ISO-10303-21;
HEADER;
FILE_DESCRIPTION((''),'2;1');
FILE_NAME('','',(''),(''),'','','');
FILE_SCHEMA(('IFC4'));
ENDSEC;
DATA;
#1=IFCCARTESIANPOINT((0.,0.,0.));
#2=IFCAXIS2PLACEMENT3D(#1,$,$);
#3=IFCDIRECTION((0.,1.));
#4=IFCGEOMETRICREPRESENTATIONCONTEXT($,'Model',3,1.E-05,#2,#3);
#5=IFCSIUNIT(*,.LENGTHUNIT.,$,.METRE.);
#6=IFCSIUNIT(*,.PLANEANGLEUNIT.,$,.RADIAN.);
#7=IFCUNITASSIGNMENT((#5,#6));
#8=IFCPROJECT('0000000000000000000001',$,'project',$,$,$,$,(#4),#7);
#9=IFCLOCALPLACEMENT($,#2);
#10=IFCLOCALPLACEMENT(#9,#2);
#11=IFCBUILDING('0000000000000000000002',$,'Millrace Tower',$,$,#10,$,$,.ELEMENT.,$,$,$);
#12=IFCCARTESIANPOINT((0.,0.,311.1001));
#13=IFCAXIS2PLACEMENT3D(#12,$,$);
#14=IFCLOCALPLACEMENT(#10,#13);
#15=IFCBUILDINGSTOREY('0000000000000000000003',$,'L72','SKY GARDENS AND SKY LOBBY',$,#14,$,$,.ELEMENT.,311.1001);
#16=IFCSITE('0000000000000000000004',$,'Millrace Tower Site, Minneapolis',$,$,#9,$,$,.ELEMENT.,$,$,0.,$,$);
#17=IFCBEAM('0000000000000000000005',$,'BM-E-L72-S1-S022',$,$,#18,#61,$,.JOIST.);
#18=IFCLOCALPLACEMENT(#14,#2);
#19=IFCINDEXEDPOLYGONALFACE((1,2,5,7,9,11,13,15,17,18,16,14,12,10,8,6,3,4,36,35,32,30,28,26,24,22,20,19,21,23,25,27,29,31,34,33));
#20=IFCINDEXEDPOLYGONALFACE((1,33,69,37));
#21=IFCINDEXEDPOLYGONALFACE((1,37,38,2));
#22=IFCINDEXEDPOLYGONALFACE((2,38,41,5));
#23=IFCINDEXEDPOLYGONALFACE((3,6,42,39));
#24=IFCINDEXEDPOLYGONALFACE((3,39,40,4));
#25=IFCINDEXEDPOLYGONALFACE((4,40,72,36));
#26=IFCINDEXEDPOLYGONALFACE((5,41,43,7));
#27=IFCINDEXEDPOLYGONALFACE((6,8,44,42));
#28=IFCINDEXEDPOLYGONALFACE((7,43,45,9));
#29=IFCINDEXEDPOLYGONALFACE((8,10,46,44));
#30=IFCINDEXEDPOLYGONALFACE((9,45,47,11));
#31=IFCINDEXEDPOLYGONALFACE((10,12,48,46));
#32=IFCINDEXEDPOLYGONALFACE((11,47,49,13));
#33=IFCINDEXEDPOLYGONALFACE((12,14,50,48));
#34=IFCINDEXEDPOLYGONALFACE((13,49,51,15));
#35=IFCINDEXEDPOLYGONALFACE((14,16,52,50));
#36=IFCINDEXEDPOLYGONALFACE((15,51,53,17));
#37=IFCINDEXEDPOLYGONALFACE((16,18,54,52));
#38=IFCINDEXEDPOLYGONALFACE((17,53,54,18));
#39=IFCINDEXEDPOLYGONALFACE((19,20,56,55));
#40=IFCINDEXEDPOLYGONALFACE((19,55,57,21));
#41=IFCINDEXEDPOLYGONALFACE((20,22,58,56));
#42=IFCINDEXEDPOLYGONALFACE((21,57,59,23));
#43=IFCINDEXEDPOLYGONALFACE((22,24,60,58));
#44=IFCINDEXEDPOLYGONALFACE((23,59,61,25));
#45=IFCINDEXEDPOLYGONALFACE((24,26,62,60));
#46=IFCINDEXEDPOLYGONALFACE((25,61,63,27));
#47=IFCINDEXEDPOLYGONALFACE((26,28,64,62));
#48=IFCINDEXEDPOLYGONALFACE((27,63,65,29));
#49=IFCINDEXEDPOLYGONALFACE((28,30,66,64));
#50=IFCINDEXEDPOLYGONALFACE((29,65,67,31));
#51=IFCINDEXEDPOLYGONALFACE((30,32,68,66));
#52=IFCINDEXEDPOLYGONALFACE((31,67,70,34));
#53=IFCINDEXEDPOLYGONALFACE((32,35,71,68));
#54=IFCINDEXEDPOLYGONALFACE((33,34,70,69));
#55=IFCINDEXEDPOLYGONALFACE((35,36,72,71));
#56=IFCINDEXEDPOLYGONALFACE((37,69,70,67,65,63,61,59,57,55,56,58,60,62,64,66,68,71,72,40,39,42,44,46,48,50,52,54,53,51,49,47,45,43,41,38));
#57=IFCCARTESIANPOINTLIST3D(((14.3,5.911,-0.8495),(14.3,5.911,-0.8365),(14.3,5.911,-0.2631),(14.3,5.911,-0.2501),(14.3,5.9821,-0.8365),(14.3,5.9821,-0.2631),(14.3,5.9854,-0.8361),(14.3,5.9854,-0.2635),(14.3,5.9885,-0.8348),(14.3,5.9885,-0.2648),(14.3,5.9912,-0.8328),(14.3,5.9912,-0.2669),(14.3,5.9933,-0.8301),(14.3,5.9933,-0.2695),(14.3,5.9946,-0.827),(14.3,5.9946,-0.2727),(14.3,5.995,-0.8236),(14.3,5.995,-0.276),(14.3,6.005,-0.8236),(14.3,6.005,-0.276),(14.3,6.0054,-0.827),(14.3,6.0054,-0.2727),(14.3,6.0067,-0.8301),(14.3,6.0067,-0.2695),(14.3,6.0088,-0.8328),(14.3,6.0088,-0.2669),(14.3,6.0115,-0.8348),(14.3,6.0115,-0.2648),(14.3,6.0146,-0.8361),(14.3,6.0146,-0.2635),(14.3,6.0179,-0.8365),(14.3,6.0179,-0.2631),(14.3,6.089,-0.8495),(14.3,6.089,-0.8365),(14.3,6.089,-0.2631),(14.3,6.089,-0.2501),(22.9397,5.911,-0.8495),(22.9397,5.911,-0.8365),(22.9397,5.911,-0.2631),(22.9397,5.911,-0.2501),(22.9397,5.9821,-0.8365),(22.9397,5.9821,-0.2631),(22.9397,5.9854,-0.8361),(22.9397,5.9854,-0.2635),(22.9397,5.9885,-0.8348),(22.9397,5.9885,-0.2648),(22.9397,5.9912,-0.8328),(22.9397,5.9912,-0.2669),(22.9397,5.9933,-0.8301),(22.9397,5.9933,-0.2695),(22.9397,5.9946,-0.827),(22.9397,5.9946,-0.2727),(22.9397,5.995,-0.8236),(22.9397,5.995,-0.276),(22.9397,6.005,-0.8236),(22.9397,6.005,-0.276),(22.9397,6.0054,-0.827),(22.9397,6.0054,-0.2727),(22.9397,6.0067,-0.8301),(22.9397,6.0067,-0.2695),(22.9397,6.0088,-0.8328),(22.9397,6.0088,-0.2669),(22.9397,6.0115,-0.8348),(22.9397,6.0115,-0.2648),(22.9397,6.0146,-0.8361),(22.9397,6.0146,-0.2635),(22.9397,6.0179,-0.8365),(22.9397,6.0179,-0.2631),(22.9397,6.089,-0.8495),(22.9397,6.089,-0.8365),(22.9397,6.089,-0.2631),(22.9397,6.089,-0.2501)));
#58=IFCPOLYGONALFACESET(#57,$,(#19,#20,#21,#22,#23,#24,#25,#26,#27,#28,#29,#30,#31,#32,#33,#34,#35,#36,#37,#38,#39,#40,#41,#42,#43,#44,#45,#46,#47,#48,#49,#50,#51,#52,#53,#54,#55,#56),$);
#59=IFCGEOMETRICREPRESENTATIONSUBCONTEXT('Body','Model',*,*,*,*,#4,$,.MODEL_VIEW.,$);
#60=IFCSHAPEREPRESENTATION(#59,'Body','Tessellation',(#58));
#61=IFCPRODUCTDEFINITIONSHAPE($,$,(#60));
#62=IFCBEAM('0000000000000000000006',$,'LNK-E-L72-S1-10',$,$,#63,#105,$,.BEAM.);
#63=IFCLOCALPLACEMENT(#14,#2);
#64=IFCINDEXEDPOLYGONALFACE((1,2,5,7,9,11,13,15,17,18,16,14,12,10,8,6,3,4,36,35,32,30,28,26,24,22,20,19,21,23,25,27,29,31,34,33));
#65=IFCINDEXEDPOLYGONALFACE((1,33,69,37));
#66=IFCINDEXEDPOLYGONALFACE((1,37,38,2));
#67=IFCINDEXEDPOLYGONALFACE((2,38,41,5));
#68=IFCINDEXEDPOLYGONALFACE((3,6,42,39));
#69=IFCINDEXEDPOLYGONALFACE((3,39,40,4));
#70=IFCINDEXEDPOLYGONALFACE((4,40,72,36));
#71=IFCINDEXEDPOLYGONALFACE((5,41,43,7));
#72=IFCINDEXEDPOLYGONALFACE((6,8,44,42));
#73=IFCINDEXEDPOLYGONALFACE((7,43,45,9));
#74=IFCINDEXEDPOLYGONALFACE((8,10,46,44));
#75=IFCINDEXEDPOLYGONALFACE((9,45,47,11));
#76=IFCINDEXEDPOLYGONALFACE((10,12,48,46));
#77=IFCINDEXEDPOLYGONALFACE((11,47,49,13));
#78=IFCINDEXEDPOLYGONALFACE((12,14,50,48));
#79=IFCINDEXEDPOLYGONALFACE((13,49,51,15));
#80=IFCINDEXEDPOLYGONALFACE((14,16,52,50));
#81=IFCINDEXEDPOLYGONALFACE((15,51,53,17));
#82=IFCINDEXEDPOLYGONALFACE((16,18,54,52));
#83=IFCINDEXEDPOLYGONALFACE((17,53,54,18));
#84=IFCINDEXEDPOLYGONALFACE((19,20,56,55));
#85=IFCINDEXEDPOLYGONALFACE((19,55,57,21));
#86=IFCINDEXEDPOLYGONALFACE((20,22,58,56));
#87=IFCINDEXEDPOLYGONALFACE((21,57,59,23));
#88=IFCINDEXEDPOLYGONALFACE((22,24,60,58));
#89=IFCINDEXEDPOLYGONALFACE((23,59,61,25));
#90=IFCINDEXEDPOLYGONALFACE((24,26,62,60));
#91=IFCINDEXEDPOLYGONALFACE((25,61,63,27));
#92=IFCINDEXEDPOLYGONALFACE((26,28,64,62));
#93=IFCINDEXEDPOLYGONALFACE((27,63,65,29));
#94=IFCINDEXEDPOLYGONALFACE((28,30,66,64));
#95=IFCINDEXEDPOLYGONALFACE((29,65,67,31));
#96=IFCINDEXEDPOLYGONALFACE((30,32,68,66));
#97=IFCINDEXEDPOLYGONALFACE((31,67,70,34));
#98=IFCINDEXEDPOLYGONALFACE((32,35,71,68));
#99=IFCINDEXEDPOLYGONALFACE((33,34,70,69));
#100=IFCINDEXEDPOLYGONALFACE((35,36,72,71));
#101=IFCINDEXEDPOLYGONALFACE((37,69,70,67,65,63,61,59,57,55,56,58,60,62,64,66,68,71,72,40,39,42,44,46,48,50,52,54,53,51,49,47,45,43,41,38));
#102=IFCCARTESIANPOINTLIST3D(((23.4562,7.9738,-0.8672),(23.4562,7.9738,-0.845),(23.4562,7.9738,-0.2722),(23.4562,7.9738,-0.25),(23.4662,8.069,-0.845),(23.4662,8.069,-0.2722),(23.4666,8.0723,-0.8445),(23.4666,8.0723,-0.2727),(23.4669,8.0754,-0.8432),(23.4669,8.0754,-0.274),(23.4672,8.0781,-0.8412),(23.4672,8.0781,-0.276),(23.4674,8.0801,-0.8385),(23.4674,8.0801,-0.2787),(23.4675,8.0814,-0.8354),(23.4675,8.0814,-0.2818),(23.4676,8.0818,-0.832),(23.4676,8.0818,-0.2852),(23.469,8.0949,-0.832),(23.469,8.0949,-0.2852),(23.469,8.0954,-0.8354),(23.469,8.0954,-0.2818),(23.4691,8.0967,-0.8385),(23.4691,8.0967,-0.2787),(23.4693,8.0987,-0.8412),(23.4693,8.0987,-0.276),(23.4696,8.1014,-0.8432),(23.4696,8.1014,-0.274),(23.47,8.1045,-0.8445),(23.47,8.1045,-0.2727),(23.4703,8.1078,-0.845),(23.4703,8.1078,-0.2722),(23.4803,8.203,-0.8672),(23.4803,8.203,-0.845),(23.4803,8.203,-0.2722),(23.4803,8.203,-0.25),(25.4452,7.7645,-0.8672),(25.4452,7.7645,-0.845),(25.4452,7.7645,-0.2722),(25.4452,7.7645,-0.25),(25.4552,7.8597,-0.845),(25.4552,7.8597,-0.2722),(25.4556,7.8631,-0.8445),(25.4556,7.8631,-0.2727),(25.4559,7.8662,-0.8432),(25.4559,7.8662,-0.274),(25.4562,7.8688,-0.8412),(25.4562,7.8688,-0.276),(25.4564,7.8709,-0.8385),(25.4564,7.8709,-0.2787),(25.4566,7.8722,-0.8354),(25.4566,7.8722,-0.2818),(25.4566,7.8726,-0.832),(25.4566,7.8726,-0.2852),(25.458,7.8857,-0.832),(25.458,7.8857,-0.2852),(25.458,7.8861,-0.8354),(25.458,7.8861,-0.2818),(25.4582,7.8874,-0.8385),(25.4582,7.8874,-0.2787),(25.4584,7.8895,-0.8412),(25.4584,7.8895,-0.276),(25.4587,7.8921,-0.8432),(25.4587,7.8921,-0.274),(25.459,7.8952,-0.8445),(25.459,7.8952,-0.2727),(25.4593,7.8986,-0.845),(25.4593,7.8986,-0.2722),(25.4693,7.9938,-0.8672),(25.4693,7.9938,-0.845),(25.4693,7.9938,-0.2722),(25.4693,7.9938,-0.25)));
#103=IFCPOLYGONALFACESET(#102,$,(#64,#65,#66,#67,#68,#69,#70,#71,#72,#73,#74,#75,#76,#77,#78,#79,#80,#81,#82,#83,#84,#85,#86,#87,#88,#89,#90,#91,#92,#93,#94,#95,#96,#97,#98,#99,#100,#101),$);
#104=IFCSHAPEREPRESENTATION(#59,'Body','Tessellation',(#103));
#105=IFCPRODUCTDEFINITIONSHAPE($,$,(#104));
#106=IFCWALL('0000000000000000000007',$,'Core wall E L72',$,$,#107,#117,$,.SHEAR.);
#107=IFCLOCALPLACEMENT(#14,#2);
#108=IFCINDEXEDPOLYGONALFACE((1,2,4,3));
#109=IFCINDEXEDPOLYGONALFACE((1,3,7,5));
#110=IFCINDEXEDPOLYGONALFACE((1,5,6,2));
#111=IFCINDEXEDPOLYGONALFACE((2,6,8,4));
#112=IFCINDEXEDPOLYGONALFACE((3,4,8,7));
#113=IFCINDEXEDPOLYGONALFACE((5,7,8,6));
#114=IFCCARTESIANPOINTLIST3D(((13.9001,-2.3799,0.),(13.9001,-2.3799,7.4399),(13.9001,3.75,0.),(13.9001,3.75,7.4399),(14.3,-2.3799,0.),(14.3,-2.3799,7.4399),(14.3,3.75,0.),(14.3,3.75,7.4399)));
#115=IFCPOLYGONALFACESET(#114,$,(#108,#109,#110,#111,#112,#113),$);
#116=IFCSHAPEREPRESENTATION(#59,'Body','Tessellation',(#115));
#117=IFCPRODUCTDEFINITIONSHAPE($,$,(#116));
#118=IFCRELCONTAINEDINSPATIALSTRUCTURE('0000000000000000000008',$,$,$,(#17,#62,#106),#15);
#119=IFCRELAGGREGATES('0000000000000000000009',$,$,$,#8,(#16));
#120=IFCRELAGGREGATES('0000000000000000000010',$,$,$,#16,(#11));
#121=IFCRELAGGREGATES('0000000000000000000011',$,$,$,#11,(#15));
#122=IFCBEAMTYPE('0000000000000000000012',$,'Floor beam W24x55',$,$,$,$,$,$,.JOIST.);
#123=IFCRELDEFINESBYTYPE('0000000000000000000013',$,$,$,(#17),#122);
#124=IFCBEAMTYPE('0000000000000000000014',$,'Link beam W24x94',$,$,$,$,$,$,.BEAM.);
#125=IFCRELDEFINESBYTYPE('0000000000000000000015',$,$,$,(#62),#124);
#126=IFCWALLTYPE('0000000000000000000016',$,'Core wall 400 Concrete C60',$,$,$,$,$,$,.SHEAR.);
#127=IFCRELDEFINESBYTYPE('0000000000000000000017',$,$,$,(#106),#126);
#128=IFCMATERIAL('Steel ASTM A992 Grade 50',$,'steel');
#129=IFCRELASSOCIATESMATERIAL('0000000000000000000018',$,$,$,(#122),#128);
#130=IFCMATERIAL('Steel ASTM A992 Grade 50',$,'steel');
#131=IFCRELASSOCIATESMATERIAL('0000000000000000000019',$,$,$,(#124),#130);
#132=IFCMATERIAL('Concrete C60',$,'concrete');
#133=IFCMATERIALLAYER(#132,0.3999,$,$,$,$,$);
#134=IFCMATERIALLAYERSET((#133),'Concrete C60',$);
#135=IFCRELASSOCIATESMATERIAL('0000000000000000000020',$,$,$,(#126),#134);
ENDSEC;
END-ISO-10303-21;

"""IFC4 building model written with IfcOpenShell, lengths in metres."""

from ifc_helpers import new_model, si_unit, direction, frame, frame_2d, origin, origin_2d, place, context, subcontext, project, spatial, rectangle, i_section, extrude, material, layer, layer_set, material_profile, profile_set, type_object, element, save


model = new_model("IFC4")

# Units and contexts
model_context = context("Model", 3, precision=1e-05, world=origin(), true_north=direction((0.0, 1.0)))
body_context = subcontext(model_context, "Body", "Model", "MODEL_VIEW")
ifc_project = project(units=[si_unit("LENGTHUNIT", "METRE"), si_unit("PLANEANGLEUNIT", "RADIAN")], contexts=[model_context])

# Site, building, storey
site_placement = place(None, origin())
site = spatial("IfcSite", under=ifc_project, at=site_placement, Name="Millrace Tower Site, Minneapolis", CompositionType="ELEMENT", RefElevation=0.0)
building_placement = place(site_placement, origin())
building = spatial("IfcBuilding", under=site, at=building_placement, Name="Millrace Tower", CompositionType="ELEMENT")
storey_placement = place(building_placement, frame((0.0, 0.0, 311.1001)))
storey = spatial("IfcBuildingStorey", under=building, at=storey_placement, Name="L72", Description="SKY GARDENS AND SKY LOBBY", CompositionType="ELEMENT", Elevation=311.1001)

# Beams
ifc_material_1 = material(Name="Steel ASTM A992 Grade 50", Category="steel")
ifc_material_profile_1 = material_profile(ifc_material_1, i_section(OverallWidth=0.178, OverallDepth=0.5994, WebThickness=0.01, FlangeThickness=0.0129, FilletRadius=0.0129, at=origin_2d()))
ifc_profile_set_1 = profile_set([ifc_material_profile_1], Name="Steel ASTM A992 Grade 50")
beam_type_1 = type_object("IfcBeamType", Name="Floor beam W24x55", PredefinedType="JOIST", material=ifc_profile_set_1)
beam_1_placement = place(storey_placement, frame((14.3, 6.0, -0.5498), z_axis=(1.0, 0.0, 0.0), x_axis=(0.0, 1.0, 0.0)))
element("IfcBeam", 1, at=beam_1_placement, inside=storey, type_object=beam_type_1, Name="BM-E-L72-S1-S022", PredefinedType="JOIST", context=body_context, shape_type="SweptSolid", body=[
    extrude(i_section(OverallWidth=0.178, OverallDepth=0.5994, WebThickness=0.01, FlangeThickness=0.0129, FilletRadius=0.0129, at=origin_2d()), origin(), (0.0, 0.0, 1.0), 8.6396),
])
ifc_material_2 = material(Name="Steel ASTM A992 Grade 50", Category="steel")
ifc_material_profile_2 = material_profile(ifc_material_2, i_section(OverallWidth=0.2305, OverallDepth=0.6172, WebThickness=0.0132, FlangeThickness=0.0222, FilletRadius=0.0129, at=origin_2d()))
ifc_profile_set_2 = profile_set([ifc_material_profile_2], Name="Steel ASTM A992 Grade 50")
beam_type_2 = type_object("IfcBeamType", Name="Link beam W24x94", PredefinedType="BEAM", material=ifc_profile_set_2)
beam_2_placement = place(storey_placement, frame((23.4683, 8.0884, -0.5586), z_axis=(0.994513, -0.104615, 0.0), x_axis=(0.104615, 0.994513, 0.0)))
element("IfcBeam", 2, at=beam_2_placement, inside=storey, type_object=beam_type_2, Name="LNK-E-L72-S1-10", PredefinedType="BEAM", context=body_context, shape_type="SweptSolid", body=[
    extrude(i_section(OverallWidth=0.2305, OverallDepth=0.6172, WebThickness=0.0132, FlangeThickness=0.0222, FilletRadius=0.0129, at=origin_2d()), origin(), (0.0, 0.0, 1.0), 2.0),
])

# Wall
ifc_material_3 = material(Name="Concrete C60", Category="concrete")
ifc_layer_1 = layer(ifc_material_3, 0.3999)
ifc_layer_set_1 = layer_set([ifc_layer_1], Name="Concrete C60")
wall_type_1 = type_object("IfcWallType", Name="Core wall 400 Concrete C60", PredefinedType="SHEAR", material=ifc_layer_set_1)
wall_1_placement = place(storey_placement, frame((14.1001, 3.75, 0.0), z_axis=(0.0, 0.0, 1.0), x_axis=(0.0, -1.0, 0.0)))
element("IfcWall", 3, at=wall_1_placement, inside=storey, type_object=wall_type_1, Name="Core wall E L72", PredefinedType="SHEAR", context=body_context, shape_type="SweptSolid", body=[
    extrude(rectangle(XDim=6.1299, YDim=0.3999, at=frame_2d((3.0649, 0.0))), origin(), (0.0, 0.0, 1.0), 7.4399),
])

save(model, "model.ifc")
